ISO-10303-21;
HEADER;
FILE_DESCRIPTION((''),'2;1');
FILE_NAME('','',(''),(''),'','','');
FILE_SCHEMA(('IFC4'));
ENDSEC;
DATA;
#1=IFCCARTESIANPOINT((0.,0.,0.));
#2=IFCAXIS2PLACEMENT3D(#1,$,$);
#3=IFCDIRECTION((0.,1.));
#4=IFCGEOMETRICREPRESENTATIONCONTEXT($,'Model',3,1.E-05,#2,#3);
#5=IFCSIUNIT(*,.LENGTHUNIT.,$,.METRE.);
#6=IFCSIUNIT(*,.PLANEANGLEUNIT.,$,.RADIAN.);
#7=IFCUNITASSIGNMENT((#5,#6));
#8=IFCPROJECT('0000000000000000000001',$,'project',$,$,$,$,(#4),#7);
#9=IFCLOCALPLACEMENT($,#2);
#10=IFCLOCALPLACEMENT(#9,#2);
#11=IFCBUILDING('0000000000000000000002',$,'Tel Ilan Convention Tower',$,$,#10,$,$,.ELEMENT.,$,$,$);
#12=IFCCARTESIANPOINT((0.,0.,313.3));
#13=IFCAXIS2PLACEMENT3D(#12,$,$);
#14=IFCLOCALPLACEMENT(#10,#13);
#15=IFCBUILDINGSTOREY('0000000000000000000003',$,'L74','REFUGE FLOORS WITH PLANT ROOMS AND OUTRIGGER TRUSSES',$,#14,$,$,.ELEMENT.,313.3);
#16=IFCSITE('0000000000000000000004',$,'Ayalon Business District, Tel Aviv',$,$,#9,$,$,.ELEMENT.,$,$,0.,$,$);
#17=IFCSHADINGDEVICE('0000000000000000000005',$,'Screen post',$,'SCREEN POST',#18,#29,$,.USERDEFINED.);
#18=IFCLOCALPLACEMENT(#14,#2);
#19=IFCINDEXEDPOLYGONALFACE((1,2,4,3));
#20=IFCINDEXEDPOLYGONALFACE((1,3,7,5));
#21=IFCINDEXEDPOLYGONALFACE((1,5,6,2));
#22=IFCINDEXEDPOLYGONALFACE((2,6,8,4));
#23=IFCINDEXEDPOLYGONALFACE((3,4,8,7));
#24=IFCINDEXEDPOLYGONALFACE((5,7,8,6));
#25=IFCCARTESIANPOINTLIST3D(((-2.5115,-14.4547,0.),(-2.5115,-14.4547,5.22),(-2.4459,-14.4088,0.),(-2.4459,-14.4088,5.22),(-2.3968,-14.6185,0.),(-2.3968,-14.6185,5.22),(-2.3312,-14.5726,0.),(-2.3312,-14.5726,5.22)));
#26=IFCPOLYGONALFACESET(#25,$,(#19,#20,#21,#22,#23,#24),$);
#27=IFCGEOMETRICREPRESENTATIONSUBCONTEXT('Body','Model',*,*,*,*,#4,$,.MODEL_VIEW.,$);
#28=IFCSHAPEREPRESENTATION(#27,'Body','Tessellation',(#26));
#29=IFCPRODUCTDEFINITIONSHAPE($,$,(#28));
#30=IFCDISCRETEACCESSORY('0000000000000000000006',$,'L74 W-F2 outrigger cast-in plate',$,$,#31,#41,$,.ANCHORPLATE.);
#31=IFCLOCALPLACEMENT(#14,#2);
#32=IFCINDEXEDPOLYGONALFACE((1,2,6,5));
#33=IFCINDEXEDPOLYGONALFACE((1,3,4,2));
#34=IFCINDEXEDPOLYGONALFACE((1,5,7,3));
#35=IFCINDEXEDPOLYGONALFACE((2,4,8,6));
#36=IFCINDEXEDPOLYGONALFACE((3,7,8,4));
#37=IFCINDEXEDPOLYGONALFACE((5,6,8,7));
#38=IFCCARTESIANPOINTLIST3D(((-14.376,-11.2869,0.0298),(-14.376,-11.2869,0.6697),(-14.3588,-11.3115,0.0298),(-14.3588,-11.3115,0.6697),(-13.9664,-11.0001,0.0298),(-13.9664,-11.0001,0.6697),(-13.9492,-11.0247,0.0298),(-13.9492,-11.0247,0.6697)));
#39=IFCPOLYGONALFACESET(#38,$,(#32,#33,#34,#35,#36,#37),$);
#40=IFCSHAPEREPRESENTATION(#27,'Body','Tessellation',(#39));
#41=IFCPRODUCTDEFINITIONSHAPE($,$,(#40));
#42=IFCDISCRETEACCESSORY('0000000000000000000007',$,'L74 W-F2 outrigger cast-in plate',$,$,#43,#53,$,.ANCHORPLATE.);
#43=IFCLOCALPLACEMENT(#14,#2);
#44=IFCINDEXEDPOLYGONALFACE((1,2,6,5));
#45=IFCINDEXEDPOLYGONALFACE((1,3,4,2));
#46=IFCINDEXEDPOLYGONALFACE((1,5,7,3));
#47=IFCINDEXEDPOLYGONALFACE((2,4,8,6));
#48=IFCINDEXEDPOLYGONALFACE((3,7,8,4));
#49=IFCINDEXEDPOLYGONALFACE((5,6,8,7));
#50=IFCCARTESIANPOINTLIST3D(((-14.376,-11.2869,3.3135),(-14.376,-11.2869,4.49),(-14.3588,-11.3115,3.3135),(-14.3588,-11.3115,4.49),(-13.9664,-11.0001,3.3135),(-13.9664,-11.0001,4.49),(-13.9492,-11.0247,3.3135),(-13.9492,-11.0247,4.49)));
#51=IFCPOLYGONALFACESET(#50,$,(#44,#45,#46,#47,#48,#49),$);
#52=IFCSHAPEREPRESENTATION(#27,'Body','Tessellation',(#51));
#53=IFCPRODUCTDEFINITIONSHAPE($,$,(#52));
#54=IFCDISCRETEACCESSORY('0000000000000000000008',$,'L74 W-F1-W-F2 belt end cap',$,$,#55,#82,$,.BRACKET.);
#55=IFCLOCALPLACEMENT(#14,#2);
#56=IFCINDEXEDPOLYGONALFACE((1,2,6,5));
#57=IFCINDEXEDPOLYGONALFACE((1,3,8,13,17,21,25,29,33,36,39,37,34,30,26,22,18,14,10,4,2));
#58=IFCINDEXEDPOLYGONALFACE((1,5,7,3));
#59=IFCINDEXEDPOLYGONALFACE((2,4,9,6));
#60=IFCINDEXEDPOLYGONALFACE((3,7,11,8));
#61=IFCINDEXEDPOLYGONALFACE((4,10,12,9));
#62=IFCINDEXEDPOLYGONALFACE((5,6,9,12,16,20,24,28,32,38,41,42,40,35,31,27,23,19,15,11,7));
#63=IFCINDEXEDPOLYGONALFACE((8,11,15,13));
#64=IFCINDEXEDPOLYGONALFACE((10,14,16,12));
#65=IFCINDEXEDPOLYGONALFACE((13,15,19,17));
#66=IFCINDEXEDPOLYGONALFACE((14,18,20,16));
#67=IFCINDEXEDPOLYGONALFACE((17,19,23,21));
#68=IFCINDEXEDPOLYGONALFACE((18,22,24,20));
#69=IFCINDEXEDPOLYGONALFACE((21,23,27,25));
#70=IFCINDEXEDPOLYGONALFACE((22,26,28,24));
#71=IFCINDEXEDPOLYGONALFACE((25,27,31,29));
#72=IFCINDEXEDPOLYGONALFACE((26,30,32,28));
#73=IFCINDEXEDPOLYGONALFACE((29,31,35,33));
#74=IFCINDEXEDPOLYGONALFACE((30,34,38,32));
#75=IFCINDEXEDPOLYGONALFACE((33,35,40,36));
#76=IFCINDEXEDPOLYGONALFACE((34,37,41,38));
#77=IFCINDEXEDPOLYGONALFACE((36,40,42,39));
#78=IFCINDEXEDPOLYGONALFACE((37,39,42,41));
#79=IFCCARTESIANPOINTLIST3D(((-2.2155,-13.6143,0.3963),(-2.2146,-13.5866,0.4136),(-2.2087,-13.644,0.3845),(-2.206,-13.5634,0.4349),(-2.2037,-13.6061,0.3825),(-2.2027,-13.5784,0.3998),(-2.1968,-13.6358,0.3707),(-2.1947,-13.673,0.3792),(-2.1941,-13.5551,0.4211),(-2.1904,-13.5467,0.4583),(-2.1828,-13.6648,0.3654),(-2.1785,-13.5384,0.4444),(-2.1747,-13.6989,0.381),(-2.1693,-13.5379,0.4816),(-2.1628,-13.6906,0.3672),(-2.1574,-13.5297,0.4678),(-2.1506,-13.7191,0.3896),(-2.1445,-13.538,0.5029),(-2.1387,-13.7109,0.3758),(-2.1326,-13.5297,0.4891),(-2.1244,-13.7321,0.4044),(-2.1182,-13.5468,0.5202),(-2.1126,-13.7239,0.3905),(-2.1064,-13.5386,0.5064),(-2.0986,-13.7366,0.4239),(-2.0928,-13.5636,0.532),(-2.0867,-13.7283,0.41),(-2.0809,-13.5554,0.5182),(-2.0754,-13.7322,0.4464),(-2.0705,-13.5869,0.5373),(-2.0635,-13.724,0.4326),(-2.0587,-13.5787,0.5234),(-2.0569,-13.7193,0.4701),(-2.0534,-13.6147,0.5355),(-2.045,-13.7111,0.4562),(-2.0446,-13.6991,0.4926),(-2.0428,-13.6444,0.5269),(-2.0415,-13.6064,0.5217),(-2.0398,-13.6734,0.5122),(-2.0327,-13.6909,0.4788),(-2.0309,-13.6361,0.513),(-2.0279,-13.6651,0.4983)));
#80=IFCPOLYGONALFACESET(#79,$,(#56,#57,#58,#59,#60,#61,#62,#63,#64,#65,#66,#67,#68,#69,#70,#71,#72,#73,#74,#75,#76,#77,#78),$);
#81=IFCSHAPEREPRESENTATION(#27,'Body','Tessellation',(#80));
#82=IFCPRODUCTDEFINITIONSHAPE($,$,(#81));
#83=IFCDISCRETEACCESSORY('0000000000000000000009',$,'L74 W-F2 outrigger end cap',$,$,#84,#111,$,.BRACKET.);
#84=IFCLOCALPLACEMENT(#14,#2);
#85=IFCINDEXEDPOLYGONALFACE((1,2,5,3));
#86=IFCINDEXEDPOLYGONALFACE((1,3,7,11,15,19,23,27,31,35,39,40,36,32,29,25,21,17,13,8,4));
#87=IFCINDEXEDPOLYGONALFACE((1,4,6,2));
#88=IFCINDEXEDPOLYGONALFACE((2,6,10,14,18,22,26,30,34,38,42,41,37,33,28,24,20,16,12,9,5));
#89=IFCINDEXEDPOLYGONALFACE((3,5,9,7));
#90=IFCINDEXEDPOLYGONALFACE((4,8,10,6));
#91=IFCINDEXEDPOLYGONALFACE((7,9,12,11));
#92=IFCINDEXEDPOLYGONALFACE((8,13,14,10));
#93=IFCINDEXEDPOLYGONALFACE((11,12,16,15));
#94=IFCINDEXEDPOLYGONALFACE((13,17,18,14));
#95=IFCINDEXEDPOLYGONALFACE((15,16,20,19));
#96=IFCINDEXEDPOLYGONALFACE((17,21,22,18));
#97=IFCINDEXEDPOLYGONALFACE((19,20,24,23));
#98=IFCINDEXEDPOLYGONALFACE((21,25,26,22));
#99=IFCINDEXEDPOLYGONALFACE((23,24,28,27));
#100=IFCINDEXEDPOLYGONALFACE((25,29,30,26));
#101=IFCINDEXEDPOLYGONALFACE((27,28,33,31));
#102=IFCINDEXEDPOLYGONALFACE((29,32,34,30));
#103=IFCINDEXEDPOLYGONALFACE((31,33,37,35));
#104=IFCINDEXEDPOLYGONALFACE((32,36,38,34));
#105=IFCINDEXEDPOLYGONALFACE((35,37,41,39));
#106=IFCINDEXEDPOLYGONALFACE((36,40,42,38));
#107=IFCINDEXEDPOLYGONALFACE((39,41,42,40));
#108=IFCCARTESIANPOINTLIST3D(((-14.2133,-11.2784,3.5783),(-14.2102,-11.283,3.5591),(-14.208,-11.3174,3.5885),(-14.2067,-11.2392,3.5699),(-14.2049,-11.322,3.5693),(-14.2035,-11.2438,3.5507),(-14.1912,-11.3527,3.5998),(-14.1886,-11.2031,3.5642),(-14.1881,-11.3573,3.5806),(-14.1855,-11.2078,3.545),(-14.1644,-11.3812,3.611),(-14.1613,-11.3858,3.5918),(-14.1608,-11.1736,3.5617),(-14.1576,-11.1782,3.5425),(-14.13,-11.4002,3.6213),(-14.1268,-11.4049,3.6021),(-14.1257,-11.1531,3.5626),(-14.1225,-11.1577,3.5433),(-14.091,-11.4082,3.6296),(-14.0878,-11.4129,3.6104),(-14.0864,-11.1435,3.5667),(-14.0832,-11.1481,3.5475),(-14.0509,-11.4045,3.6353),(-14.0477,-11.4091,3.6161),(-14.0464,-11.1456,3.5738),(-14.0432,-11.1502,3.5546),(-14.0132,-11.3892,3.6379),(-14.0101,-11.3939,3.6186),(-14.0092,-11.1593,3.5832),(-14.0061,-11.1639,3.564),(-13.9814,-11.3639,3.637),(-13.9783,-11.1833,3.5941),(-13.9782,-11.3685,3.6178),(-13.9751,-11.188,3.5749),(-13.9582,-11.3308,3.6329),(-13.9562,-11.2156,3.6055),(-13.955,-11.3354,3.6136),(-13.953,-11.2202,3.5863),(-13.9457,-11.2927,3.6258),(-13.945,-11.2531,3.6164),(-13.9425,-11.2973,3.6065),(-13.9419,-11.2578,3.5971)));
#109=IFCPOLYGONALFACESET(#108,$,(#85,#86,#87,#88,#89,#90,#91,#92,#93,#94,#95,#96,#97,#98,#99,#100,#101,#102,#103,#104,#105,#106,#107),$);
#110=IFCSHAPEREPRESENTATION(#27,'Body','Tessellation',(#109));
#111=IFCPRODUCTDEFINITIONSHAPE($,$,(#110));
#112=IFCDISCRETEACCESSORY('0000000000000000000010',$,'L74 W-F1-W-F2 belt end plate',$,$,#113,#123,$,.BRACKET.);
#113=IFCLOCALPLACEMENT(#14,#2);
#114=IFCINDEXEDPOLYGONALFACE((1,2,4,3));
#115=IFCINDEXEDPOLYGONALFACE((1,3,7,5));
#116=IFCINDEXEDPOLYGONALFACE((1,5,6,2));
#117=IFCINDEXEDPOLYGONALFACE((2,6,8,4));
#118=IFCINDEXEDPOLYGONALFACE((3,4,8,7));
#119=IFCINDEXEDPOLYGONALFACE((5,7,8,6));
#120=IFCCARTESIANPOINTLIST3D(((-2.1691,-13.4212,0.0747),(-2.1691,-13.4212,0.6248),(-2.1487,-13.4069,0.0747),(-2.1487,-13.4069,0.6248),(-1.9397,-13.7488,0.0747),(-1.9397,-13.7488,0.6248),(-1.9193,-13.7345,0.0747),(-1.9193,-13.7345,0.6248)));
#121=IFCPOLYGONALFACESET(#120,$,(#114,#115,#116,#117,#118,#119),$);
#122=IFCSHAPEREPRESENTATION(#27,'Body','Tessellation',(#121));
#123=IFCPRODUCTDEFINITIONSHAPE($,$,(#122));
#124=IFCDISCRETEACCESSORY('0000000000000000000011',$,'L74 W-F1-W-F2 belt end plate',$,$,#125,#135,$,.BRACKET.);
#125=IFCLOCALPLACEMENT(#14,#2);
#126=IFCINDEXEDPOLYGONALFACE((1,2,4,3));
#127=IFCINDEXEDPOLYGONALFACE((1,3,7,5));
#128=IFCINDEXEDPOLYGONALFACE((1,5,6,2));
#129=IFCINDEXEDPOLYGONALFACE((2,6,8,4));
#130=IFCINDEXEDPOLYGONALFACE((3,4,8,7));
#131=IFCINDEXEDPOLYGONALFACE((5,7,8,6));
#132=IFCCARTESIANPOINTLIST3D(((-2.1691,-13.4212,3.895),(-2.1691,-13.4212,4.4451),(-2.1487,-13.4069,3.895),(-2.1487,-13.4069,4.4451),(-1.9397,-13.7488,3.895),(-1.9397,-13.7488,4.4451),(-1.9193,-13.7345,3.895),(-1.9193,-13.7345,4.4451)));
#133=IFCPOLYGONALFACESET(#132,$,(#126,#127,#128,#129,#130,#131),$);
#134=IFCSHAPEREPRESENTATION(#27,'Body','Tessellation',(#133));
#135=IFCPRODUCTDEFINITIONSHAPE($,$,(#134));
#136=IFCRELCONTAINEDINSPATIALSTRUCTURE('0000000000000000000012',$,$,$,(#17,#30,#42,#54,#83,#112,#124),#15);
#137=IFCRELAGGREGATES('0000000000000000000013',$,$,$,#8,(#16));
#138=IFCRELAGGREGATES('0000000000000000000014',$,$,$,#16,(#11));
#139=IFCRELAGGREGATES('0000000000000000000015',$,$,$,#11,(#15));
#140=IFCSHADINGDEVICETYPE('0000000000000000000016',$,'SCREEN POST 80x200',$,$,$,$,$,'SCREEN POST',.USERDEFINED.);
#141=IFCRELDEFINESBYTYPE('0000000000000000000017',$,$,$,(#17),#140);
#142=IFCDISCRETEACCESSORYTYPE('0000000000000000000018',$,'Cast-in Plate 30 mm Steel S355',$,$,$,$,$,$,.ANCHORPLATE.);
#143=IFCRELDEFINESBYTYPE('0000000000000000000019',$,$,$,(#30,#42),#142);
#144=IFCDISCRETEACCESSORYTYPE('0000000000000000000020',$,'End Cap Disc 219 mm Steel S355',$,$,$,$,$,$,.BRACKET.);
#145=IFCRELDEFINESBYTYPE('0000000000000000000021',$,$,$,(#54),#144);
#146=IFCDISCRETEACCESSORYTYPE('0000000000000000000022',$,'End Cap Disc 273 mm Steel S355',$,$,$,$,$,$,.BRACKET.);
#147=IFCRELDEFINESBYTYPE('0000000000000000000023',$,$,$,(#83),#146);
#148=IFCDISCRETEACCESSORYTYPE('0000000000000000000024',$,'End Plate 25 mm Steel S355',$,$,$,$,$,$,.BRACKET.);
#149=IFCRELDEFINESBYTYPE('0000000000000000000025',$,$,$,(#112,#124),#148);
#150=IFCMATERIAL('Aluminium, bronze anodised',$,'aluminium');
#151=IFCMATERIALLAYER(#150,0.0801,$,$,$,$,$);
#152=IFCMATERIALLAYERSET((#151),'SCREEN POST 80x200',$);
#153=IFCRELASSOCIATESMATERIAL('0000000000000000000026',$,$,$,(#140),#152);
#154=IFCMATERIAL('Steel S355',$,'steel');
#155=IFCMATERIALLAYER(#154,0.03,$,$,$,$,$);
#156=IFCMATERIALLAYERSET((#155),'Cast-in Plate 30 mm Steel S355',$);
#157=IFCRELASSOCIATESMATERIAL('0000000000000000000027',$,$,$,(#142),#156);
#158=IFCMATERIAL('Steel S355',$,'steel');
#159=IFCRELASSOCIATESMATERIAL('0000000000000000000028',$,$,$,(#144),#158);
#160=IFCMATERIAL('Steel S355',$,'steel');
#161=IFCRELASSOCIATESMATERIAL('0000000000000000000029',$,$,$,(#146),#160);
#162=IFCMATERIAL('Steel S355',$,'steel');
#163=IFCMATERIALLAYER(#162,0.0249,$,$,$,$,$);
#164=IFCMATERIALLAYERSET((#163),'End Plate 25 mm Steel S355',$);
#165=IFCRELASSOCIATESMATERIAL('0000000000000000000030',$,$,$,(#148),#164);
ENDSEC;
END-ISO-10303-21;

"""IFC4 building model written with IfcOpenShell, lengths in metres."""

from ifc_helpers import new_model, si_unit, direction, frame, origin, origin_2d, place, context, subcontext, project, spatial, rectangle, circle, extrude, material, layer, layer_set, material_profile, profile_set, type_object, element, save


model = new_model("IFC4")

# Units and contexts
model_context = context("Model", 3, precision=1e-05, world=origin(), true_north=direction((0.0, 1.0)))
body_context = subcontext(model_context, "Body", "Model", "MODEL_VIEW")
ifc_project = project(units=[si_unit("LENGTHUNIT", "METRE"), si_unit("PLANEANGLEUNIT", "RADIAN")], contexts=[model_context])

# Site, building, storey
site_placement = place(None, origin())
site = spatial("IfcSite", under=ifc_project, at=site_placement, Name="Ayalon Business District, Tel Aviv", CompositionType="ELEMENT", RefElevation=0.0)
building_placement = place(site_placement, origin())
building = spatial("IfcBuilding", under=site, at=building_placement, Name="Tel Ilan Convention Tower", CompositionType="ELEMENT")
storey_placement = place(building_placement, frame((0.0, 0.0, 313.3)))
storey = spatial("IfcBuildingStorey", under=building, at=storey_placement, Name="L74", Description="REFUGE FLOORS WITH PLANT ROOMS AND OUTRIGGER TRUSSES", CompositionType="ELEMENT", Elevation=313.3)

# Shading device
ifc_material_1 = material(Name="Aluminium, bronze anodised", Category="aluminium")
ifc_layer_1 = layer(ifc_material_1, 0.0801)
ifc_layer_set_1 = layer_set([ifc_layer_1], Name="SCREEN POST 80x200")
shading_device_type_1 = type_object("IfcShadingDeviceType", Name="SCREEN POST 80x200", ElementType="SCREEN POST", PredefinedType="USERDEFINED", material=ifc_layer_set_1)
shading_device_placement = place(storey_placement, frame((-2.4214, -14.5137, 0.0), z_axis=(0.0, 0.0, 1.0), x_axis=(0.819152, 0.573576, 0.0)))
element("IfcShadingDevice", 1, at=shading_device_placement, inside=storey, type_object=shading_device_type_1, Name="Screen post", ObjectType="SCREEN POST", PredefinedType="USERDEFINED", context=body_context, shape_type="SweptSolid", body=[
    extrude(rectangle(XDim=0.0801, YDim=0.2, at=origin_2d()), origin(), (0.0, 0.0, 1.0), 5.22),
])

# Discrete accessories
ifc_material_2 = material(Name="Steel S355", Category="steel")
ifc_layer_2 = layer(ifc_material_2, 0.03)
ifc_layer_set_2 = layer_set([ifc_layer_2], Name="Cast-in Plate 30 mm Steel S355")
discrete_accessory_type_1 = type_object("IfcDiscreteAccessoryType", Name="Cast-in Plate 30 mm Steel S355", PredefinedType="ANCHORPLATE", material=ifc_layer_set_2)
discrete_accessory_1_placement = place(storey_placement, frame((-14.1626, -11.1558, 0.0298), z_axis=(0.0, 0.0, 1.0), x_axis=(-0.573576, 0.819152, 0.0)))
element("IfcDiscreteAccessory", 2, at=discrete_accessory_1_placement, inside=storey, type_object=discrete_accessory_type_1, Name="L74 W-F2 outrigger cast-in plate", PredefinedType="ANCHORPLATE", context=body_context, shape_type="SweptSolid", body=[
    extrude(rectangle(XDim=0.03, YDim=0.5, at=origin_2d()), origin(), (0.0, 0.0, 1.0), 0.6399),
])
discrete_accessory_2_placement = place(storey_placement, frame((-14.1626, -11.1558, 3.3135), z_axis=(0.0, 0.0, 1.0), x_axis=(-0.573576, 0.819152, 0.0)))
element("IfcDiscreteAccessory", 3, at=discrete_accessory_2_placement, inside=storey, type_object=discrete_accessory_type_1, Name="L74 W-F2 outrigger cast-in plate", PredefinedType="ANCHORPLATE", context=body_context, shape_type="SweptSolid", body=[
    extrude(rectangle(XDim=0.03, YDim=0.5, at=origin_2d()), origin(), (0.0, 0.0, 1.0), 1.1765),
])
ifc_material_3 = material(Name="Steel S355", Category="steel")
ifc_material_profile_1 = material_profile(ifc_material_3, circle(Radius=0.1096, at=origin_2d()), Name="End Cap Disc 219 mm Steel S355")
ifc_profile_set_1 = profile_set([ifc_material_profile_1], Name="Steel S355")
discrete_accessory_type_2 = type_object("IfcDiscreteAccessoryType", Name="End Cap Disc 219 mm Steel S355", PredefinedType="BRACKET", material=ifc_profile_set_1)
discrete_accessory_3_placement = place(storey_placement, frame((-2.1279, -13.6367, 0.4583), z_axis=(0.59395, 0.412129, -0.690922), x_axis=(-0.570082, 0.821588, 0.0)))
element("IfcDiscreteAccessory", 4, at=discrete_accessory_3_placement, inside=storey, type_object=discrete_accessory_type_2, Name="L74 W-F1-W-F2 belt end cap", PredefinedType="BRACKET", context=body_context, shape_type="SweptSolid", body=[
    extrude(circle(Radius=0.1096, at=origin_2d()), origin(), (0.0, 0.0, 1.0), 0.02),
])
ifc_material_4 = material(Name="Steel S355", Category="steel")
ifc_material_profile_2 = material_profile(ifc_material_4, circle(Radius=0.1365, at=origin_2d()), Name="End Cap Disc 273 mm Steel S355")
ifc_profile_set_2 = profile_set([ifc_material_profile_2], Name="Steel S355")
discrete_accessory_type_3 = type_object("IfcDiscreteAccessoryType", Name="End Cap Disc 273 mm Steel S355", PredefinedType="BRACKET", material=ifc_profile_set_2)
discrete_accessory_4_placement = place(storey_placement, frame((-14.0754, -11.2803, 3.5806), z_axis=(-0.157985, 0.230902, 0.960065), x_axis=(-0.825307, -0.564684, 0.0)))
element("IfcDiscreteAccessory", 5, at=discrete_accessory_4_placement, inside=storey, type_object=discrete_accessory_type_3, Name="L74 W-F2 outrigger end cap", PredefinedType="BRACKET", context=body_context, shape_type="SweptSolid", body=[
    extrude(circle(Radius=0.1365, at=origin_2d()), origin(), (0.0, 0.0, 1.0), 0.02),
])
ifc_material_5 = material(Name="Steel S355", Category="steel")
ifc_layer_3 = layer(ifc_material_5, 0.0249)
ifc_layer_set_3 = layer_set([ifc_layer_3], Name="End Plate 25 mm Steel S355")
discrete_accessory_type_4 = type_object("IfcDiscreteAccessoryType", Name="End Plate 25 mm Steel S355", PredefinedType="BRACKET", material=ifc_layer_set_3)
for number, where, z_axis, x_axis, name in (
    (6, (-2.0442, -13.5779, 0.0747), (0.0, 0.0, 1.0), (0.819152, 0.573576, 0.0), "L74 W-F1-W-F2 belt end plate"),
    (7, (-2.0442, -13.5779, 3.895), (0.0, 0.0, 1.0), (0.819152, 0.573576, 0.0), "L74 W-F1-W-F2 belt end plate"),
):
    element("IfcDiscreteAccessory", number, at=place(storey_placement, frame(where, z_axis=z_axis, x_axis=x_axis)), inside=storey, type_object=discrete_accessory_type_4, Name=name, PredefinedType="BRACKET", context=body_context, shape_type="SweptSolid", body=[
        extrude(rectangle(XDim=0.0249, YDim=0.3999, at=origin_2d()), origin(), (0.0, 0.0, 1.0), 0.55),
    ])

save(model, "model.ifc")
